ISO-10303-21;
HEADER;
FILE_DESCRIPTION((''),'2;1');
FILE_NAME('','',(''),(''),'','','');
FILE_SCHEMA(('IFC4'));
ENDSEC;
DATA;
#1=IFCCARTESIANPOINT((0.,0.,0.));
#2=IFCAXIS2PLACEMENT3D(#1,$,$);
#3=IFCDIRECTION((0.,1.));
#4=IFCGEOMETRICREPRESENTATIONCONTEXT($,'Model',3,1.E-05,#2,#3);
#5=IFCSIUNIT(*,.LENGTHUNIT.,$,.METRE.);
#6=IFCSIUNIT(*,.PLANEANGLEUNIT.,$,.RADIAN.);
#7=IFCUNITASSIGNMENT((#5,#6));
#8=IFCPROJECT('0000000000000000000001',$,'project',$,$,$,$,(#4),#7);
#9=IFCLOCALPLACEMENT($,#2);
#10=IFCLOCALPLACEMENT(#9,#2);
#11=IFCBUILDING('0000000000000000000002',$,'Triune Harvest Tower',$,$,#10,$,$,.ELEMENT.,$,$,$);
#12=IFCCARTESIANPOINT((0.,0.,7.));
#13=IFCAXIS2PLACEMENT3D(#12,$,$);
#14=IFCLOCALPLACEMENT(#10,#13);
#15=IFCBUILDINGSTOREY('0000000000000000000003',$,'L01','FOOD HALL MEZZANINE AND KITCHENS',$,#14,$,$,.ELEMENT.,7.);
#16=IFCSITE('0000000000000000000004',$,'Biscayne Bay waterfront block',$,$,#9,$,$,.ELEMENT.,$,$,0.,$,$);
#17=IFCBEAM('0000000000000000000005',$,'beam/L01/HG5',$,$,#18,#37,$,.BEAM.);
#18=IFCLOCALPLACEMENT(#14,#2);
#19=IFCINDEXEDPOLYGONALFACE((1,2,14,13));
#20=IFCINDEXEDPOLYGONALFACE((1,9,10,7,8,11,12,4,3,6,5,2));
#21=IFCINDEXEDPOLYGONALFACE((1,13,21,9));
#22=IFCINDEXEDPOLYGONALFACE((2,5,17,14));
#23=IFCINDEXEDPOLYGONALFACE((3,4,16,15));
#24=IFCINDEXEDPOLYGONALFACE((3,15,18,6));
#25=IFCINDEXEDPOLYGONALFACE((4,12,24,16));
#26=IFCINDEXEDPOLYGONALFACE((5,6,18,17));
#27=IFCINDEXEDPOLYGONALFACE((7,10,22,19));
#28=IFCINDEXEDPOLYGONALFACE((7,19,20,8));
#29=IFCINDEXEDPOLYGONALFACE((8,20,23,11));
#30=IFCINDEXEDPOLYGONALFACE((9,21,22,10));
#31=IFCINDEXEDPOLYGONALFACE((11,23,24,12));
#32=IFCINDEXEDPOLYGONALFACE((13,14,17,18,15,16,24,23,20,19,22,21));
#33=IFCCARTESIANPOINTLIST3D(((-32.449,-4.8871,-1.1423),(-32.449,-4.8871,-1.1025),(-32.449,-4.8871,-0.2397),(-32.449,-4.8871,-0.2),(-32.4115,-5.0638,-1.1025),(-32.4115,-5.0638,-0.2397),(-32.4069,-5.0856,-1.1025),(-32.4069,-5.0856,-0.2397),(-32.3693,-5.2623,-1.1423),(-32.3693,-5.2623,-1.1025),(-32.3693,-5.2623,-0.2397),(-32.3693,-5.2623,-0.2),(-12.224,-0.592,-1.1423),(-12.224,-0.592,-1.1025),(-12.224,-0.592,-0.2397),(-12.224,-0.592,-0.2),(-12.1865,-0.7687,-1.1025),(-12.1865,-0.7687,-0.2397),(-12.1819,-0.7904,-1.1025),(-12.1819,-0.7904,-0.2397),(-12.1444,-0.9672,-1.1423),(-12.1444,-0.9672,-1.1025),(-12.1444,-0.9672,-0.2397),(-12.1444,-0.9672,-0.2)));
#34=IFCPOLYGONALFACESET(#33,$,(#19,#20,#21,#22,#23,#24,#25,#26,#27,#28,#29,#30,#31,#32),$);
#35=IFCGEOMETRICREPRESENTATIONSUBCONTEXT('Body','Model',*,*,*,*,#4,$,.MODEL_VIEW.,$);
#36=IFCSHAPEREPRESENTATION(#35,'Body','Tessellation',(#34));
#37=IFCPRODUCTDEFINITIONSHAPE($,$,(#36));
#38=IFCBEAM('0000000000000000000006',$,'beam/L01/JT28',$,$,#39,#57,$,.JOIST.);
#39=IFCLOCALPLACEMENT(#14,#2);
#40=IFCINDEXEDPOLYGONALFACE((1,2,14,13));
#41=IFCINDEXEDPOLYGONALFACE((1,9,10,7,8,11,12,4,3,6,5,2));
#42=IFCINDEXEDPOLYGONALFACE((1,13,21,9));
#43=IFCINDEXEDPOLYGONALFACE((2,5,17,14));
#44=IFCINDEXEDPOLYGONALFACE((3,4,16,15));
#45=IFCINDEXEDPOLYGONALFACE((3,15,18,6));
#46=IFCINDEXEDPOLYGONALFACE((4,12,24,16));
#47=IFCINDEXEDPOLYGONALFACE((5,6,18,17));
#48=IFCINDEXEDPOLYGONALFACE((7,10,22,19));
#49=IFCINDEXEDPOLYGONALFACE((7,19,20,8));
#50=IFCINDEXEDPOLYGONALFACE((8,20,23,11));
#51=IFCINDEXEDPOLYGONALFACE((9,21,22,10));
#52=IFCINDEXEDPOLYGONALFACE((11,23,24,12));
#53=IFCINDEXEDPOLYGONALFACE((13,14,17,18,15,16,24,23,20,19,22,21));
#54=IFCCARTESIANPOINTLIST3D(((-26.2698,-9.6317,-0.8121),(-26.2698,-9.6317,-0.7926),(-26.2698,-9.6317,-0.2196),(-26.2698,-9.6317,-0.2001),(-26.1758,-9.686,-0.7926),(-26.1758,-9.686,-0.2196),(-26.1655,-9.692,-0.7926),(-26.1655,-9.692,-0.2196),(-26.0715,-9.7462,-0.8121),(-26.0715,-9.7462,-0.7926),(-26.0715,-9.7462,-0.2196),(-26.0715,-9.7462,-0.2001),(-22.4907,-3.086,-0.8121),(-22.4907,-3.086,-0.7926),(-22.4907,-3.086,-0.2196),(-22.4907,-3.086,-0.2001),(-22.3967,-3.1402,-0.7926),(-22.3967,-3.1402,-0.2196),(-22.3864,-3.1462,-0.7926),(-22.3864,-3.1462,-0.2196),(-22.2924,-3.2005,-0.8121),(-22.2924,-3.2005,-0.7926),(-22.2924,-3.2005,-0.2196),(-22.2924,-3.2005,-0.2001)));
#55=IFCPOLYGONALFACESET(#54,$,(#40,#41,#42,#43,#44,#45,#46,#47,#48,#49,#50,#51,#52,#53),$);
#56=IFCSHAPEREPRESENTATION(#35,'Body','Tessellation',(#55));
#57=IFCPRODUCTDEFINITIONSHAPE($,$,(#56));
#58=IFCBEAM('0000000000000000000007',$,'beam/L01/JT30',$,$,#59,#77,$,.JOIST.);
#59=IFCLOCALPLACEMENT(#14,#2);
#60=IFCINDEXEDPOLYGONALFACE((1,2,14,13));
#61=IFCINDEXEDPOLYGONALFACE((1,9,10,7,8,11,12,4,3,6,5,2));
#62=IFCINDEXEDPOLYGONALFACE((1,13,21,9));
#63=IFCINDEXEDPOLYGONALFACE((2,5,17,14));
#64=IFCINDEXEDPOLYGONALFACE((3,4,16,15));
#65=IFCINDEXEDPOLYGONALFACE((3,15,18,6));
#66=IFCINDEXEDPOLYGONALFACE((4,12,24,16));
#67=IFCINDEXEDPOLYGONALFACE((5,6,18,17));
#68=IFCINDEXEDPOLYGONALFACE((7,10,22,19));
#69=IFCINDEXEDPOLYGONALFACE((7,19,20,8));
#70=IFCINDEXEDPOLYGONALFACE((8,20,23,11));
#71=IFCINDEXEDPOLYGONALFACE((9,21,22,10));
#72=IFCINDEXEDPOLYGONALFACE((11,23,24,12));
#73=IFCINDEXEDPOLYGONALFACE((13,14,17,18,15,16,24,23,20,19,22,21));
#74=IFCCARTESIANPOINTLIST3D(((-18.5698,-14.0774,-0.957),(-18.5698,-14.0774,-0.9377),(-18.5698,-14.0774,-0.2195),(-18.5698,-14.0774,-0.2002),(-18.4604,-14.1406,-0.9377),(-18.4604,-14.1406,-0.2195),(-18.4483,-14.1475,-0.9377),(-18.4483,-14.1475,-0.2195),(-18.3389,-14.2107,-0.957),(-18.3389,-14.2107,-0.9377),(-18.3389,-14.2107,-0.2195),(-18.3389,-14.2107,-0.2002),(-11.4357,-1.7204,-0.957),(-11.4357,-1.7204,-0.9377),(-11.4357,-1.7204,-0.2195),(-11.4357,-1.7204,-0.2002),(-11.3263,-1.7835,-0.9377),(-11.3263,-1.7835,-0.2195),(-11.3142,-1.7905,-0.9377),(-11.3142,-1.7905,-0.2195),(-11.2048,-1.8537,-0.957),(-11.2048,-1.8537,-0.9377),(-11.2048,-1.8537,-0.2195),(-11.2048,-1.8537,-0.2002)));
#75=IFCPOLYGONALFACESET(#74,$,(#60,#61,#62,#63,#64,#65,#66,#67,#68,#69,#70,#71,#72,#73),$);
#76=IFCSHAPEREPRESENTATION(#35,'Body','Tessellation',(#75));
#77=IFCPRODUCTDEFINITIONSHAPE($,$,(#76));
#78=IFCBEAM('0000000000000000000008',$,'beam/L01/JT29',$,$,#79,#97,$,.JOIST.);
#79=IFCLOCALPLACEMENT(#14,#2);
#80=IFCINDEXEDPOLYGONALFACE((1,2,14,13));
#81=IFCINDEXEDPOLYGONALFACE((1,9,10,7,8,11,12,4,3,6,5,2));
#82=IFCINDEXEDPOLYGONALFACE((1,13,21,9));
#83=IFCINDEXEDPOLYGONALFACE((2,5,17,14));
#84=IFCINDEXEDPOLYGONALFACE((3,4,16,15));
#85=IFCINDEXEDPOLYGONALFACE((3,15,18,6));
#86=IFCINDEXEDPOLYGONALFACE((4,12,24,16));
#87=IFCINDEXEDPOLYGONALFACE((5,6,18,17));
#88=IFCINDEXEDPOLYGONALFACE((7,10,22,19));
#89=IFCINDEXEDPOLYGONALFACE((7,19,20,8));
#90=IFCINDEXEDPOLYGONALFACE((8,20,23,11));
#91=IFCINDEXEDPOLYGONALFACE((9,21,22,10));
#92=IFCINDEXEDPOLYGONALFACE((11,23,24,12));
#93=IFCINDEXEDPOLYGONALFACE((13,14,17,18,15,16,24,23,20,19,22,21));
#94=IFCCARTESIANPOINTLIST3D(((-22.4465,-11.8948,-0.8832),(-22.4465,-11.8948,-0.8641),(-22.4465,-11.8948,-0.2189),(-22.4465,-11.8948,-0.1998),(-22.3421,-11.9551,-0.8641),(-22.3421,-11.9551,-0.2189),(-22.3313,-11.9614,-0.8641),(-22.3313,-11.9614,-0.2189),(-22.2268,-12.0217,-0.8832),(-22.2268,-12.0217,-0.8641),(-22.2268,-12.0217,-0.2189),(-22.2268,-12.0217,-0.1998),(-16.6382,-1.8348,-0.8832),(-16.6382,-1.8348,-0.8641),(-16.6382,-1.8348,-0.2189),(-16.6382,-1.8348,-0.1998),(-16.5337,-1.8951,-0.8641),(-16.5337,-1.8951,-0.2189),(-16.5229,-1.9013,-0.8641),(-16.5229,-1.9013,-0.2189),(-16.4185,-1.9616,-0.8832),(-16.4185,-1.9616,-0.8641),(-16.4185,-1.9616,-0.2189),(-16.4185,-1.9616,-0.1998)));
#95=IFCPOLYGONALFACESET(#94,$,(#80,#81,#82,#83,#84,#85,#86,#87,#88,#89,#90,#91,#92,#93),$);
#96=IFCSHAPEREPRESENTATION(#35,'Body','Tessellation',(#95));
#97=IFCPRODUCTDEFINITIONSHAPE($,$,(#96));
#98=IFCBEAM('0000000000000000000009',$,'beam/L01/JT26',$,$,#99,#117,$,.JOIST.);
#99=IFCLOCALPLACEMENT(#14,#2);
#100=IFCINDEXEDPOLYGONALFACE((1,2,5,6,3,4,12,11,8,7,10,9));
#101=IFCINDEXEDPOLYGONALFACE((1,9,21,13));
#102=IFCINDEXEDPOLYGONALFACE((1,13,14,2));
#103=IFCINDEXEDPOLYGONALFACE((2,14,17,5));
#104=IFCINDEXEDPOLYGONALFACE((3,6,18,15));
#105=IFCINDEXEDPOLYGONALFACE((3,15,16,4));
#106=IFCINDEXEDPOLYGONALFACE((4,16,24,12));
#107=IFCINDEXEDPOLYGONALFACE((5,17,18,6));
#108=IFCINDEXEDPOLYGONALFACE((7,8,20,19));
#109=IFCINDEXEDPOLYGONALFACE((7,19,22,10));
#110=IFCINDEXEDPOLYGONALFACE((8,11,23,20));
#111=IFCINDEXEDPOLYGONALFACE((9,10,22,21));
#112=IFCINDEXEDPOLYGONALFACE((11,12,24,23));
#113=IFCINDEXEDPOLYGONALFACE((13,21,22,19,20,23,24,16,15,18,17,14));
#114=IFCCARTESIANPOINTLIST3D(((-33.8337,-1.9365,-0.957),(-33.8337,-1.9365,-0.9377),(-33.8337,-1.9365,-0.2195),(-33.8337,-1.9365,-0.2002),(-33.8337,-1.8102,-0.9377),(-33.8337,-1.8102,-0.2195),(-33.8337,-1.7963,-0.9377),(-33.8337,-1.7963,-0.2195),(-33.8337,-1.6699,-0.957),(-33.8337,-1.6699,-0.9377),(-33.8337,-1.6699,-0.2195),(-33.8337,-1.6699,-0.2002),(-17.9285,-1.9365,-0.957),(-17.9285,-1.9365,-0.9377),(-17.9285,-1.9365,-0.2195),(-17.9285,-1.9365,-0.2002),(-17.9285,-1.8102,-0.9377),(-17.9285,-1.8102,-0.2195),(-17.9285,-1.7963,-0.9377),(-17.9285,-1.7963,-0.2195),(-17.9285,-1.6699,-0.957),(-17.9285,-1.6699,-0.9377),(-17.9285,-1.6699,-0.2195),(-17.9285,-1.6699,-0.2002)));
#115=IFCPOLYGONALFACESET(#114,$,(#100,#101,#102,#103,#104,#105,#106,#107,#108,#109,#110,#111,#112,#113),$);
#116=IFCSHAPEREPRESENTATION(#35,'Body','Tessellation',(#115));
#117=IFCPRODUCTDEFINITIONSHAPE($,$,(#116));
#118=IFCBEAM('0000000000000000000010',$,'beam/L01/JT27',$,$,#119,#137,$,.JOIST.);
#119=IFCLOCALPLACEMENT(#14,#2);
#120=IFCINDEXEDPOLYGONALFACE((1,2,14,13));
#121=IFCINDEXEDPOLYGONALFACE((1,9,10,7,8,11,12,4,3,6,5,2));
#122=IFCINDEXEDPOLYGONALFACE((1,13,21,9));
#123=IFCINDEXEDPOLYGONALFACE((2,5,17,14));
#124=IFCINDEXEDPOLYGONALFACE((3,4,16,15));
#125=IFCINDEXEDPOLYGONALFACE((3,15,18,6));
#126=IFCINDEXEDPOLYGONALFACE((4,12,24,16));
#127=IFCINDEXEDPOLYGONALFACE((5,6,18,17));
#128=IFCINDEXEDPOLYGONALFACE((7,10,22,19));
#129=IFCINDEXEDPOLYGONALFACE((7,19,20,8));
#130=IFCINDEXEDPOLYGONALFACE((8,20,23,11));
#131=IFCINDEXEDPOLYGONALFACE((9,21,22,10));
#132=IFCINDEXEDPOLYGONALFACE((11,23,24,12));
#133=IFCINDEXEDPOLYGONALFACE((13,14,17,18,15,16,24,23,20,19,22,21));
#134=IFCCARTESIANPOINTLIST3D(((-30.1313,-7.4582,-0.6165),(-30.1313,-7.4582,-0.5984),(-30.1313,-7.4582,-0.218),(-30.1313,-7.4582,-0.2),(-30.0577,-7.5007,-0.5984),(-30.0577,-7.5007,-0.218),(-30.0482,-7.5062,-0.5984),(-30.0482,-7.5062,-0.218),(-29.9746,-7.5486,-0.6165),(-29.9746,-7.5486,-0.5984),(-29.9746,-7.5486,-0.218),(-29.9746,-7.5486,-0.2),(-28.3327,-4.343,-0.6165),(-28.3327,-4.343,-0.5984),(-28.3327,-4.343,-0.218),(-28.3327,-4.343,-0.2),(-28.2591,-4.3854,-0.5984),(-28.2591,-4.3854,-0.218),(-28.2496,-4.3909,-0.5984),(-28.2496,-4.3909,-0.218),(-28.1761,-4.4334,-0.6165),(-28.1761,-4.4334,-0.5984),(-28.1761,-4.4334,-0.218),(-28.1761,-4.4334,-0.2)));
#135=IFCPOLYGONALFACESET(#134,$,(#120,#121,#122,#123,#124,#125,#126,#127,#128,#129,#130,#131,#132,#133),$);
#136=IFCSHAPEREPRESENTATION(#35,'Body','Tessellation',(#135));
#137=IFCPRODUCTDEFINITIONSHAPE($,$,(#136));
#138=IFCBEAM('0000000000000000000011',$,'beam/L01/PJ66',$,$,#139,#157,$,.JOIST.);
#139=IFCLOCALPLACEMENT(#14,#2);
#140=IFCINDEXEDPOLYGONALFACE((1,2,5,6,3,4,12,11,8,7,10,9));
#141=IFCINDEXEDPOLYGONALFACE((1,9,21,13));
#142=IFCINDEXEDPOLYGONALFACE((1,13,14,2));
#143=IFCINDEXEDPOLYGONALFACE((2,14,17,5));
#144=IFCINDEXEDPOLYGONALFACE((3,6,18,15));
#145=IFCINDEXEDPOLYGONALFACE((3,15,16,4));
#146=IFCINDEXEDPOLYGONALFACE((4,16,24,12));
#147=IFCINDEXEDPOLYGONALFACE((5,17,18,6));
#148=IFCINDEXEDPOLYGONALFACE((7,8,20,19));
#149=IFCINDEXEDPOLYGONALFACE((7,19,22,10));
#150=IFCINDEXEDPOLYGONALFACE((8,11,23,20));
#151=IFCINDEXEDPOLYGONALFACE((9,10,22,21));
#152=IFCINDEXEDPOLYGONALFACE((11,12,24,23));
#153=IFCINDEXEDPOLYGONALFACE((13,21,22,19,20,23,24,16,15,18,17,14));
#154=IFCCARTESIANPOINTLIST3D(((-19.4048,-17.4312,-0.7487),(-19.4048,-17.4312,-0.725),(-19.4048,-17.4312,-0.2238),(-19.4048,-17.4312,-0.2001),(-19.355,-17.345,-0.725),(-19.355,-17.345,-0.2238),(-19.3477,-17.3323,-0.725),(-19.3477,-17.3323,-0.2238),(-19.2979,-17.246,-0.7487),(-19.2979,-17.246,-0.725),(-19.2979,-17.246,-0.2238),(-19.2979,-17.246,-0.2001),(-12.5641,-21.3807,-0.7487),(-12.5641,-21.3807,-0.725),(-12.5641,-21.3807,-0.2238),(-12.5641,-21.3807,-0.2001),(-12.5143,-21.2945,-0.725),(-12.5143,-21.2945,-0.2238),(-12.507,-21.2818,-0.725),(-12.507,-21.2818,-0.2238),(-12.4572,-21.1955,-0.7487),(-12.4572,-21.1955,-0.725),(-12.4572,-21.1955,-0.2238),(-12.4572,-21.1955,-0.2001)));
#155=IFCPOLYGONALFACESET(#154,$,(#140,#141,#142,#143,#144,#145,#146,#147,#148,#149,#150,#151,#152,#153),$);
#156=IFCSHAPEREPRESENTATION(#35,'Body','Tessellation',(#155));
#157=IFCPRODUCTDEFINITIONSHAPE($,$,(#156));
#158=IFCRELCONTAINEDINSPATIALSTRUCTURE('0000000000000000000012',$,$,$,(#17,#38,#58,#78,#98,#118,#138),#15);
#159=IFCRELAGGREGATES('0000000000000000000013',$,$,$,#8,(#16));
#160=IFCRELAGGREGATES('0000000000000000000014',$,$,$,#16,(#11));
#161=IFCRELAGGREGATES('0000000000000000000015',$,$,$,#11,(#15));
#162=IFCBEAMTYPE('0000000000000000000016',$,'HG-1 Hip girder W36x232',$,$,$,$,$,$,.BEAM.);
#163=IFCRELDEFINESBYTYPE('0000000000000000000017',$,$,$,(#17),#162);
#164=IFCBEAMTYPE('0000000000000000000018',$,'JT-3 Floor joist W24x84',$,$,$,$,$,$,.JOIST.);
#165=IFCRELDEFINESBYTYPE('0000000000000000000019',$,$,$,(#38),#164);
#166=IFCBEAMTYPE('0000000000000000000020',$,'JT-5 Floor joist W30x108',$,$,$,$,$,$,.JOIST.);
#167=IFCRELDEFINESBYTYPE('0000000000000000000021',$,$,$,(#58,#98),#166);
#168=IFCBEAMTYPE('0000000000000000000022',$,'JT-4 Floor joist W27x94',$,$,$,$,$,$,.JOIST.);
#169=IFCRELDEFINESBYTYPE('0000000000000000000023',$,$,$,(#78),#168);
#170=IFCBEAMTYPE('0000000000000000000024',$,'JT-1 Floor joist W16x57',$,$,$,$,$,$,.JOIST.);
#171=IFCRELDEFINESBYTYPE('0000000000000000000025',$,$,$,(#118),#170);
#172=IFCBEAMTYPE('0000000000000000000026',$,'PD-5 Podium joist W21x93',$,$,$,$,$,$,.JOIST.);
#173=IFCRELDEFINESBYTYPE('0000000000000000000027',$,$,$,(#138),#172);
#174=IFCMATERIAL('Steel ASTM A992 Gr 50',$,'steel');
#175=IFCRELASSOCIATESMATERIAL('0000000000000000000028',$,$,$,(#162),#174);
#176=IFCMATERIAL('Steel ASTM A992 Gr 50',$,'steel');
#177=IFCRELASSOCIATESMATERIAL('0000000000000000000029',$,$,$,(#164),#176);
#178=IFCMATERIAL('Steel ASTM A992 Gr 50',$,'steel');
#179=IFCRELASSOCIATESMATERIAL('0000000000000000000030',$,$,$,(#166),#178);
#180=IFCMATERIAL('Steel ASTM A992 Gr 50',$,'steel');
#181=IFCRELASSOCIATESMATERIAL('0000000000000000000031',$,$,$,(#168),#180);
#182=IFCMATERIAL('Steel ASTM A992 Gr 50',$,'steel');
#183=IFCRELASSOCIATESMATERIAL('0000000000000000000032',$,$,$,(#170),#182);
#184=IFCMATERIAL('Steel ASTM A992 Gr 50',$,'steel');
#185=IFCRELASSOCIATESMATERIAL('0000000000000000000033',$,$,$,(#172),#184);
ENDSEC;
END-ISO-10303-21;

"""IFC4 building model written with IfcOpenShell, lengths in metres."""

from ifc_helpers import new_model, si_unit, direction, frame, origin, origin_2d, place, context, subcontext, project, spatial, i_section, extrude, source, transform, mapped, material, material_profile, profile_set, type_object, element, save


model = new_model("IFC4")

# Units and contexts
model_context = context("Model", 3, precision=1e-05, world=origin(), true_north=direction((0.0, 1.0)))
body_context = subcontext(model_context, "Body", "Model", "MODEL_VIEW")
ifc_project = project(units=[si_unit("LENGTHUNIT", "METRE"), si_unit("PLANEANGLEUNIT", "RADIAN")], contexts=[model_context])

# Site, building, storey
site_placement = place(None, origin())
site = spatial("IfcSite", under=ifc_project, at=site_placement, Name="Biscayne Bay waterfront block", CompositionType="ELEMENT", RefElevation=0.0)
building_placement = place(site_placement, origin())
building = spatial("IfcBuilding", under=site, at=building_placement, Name="Triune Harvest Tower", CompositionType="ELEMENT")
storey_placement = place(building_placement, frame((0.0, 0.0, 7.0)))
storey = spatial("IfcBuildingStorey", under=building, at=storey_placement, Name="L01", Description="FOOD HALL MEZZANINE AND KITCHENS", CompositionType="ELEMENT", Elevation=7.0)

# Beams
ifc_material_1 = material(Name="Steel ASTM A992 Gr 50", Category="steel")
ifc_material_profile_1 = material_profile(ifc_material_1, i_section(OverallWidth=0.3835, OverallDepth=0.9424, WebThickness=0.0222, FlangeThickness=0.0398, at=origin_2d()), Name="W36x232")
ifc_profile_set_1 = profile_set([ifc_material_profile_1], Name="Steel ASTM A992 Gr 50")
beam_type_1 = type_object("IfcBeamType", Name="HG-1 Hip girder W36x232", PredefinedType="BEAM", material=ifc_profile_set_1)
shared_shape_1 = source(origin(), body_context, "Body", "SweptSolid", [
    extrude(i_section(OverallWidth=0.3835, OverallDepth=0.9424, WebThickness=0.0222, FlangeThickness=0.0398, at=origin_2d()), origin(), (0.0, 0.0, 1.0), 20.676),
])
beam_1_placement = place(storey_placement, frame((-32.4092, -5.0747, -0.6711), z_axis=(0.978185, 0.207735, 0.0), x_axis=(-0.207735, 0.978185, 0.0)))
element("IfcBeam", 1, at=beam_1_placement, inside=storey, type_object=beam_type_1, Name="beam/L01/HG5", PredefinedType="BEAM", context=body_context, shape_type="MappedRepresentation", body=[
    mapped(shared_shape_1, transform((0.0, 0.0, 0.0), scale=1.0)),
])
ifc_material_2 = material(Name="Steel ASTM A992 Gr 50", Category="steel")
ifc_material_profile_2 = material_profile(ifc_material_2, i_section(OverallWidth=0.229, OverallDepth=0.6121, WebThickness=0.012, FlangeThickness=0.0195, at=origin_2d()), Name="W24x84")
ifc_profile_set_2 = profile_set([ifc_material_profile_2], Name="Steel ASTM A992 Gr 50")
beam_type_2 = type_object("IfcBeamType", Name="JT-3 Floor joist W24x84", PredefinedType="JOIST", material=ifc_profile_set_2)
shared_shape_2 = source(origin(), body_context, "Body", "SweptSolid", [
    extrude(i_section(OverallWidth=0.229, OverallDepth=0.6121, WebThickness=0.012, FlangeThickness=0.0195, at=origin_2d()), origin(), (0.0, 0.0, 1.0), 7.5583),
])
beam_2_placement = place(storey_placement, frame((-26.1707, -9.689, -0.5061), z_axis=(0.499992, 0.86603, 0.0), x_axis=(-0.86603, 0.499992, 0.0)))
element("IfcBeam", 2, at=beam_2_placement, inside=storey, type_object=beam_type_2, Name="beam/L01/JT28", PredefinedType="JOIST", context=body_context, shape_type="MappedRepresentation", body=[
    mapped(shared_shape_2, transform((0.0, 0.0, 0.0), scale=1.0)),
])
ifc_material_3 = material(Name="Steel ASTM A992 Gr 50", Category="steel")
ifc_material_profile_3 = material_profile(ifc_material_3, i_section(OverallWidth=0.2666, OverallDepth=0.7568, WebThickness=0.0139, FlangeThickness=0.0193, at=origin_2d()), Name="W30x108")
ifc_profile_set_3 = profile_set([ifc_material_profile_3], Name="Steel ASTM A992 Gr 50")
beam_type_3 = type_object("IfcBeamType", Name="JT-5 Floor joist W30x108", PredefinedType="JOIST", material=ifc_profile_set_3)
shared_shape_3 = source(origin(), body_context, "Body", "SweptSolid", [
    extrude(i_section(OverallWidth=0.2666, OverallDepth=0.7568, WebThickness=0.0139, FlangeThickness=0.0193, at=origin_2d()), origin(), (0.0, 0.0, 1.0), 14.2686),
])
beam_3_placement = place(storey_placement, frame((-18.4543, -14.144, -0.5786), z_axis=(0.499987, 0.866033, 0.0), x_axis=(-0.866033, 0.499987, 0.0)))
element("IfcBeam", 3, at=beam_3_placement, inside=storey, type_object=beam_type_3, Name="beam/L01/JT30", PredefinedType="JOIST", context=body_context, shape_type="MappedRepresentation", body=[
    mapped(shared_shape_3, transform((0.0, 0.0, 0.0), scale=1.0)),
])
ifc_material_4 = material(Name="Steel ASTM A992 Gr 50", Category="steel")
ifc_material_profile_4 = material_profile(ifc_material_4, i_section(OverallWidth=0.2537, OverallDepth=0.6833, WebThickness=0.0125, FlangeThickness=0.019, at=origin_2d()), Name="W27x94")
ifc_profile_set_4 = profile_set([ifc_material_profile_4], Name="Steel ASTM A992 Gr 50")
beam_type_4 = type_object("IfcBeamType", Name="JT-4 Floor joist W27x94", PredefinedType="JOIST", material=ifc_profile_set_4)
shared_shape_4 = source(origin(), body_context, "Body", "SweptSolid", [
    extrude(i_section(OverallWidth=0.2537, OverallDepth=0.6833, WebThickness=0.0125, FlangeThickness=0.019, at=origin_2d()), origin(), (0.0, 0.0, 1.0), 11.6165),
])
beam_4_placement = place(storey_placement, frame((-22.3367, -11.9583, -0.5415), z_axis=(0.500011, 0.866019, 0.0), x_axis=(-0.866019, 0.500011, 0.0)))
element("IfcBeam", 4, at=beam_4_placement, inside=storey, type_object=beam_type_4, Name="beam/L01/JT29", PredefinedType="JOIST", context=body_context, shape_type="MappedRepresentation", body=[
    mapped(shared_shape_4, transform((0.0, 0.0, 0.0), scale=1.0)),
])
shared_shape_5 = source(origin(), body_context, "Body", "SweptSolid", [
    extrude(i_section(OverallWidth=0.2666, OverallDepth=0.7568, WebThickness=0.0139, FlangeThickness=0.0193, at=origin_2d()), origin(), (0.0, 0.0, 1.0), 15.9053),
])
beam_5_placement = place(storey_placement, frame((-33.8337, -1.8032, -0.5786), z_axis=(1.0, 0.0, 0.0), x_axis=(0.0, 1.0, 0.0)))
element("IfcBeam", 5, at=beam_5_placement, inside=storey, type_object=beam_type_3, Name="beam/L01/JT26", PredefinedType="JOIST", context=body_context, shape_type="MappedRepresentation", body=[
    mapped(shared_shape_5, transform((0.0, 0.0, 0.0), scale=1.0)),
])
ifc_material_5 = material(Name="Steel ASTM A992 Gr 50", Category="steel")
ifc_material_profile_5 = material_profile(ifc_material_5, i_section(OverallWidth=0.1809, OverallDepth=0.4165, WebThickness=0.011, FlangeThickness=0.0181, at=origin_2d()), Name="W16x57")
ifc_profile_set_5 = profile_set([ifc_material_profile_5], Name="Steel ASTM A992 Gr 50")
beam_type_5 = type_object("IfcBeamType", Name="JT-1 Floor joist W16x57", PredefinedType="JOIST", material=ifc_profile_set_5)
shared_shape_6 = source(origin(), body_context, "Body", "SweptSolid", [
    extrude(i_section(OverallWidth=0.1809, OverallDepth=0.4165, WebThickness=0.011, FlangeThickness=0.0181, at=origin_2d()), origin(), (0.0, 0.0, 1.0), 3.5972),
])
beam_6_placement = place(storey_placement, frame((-30.053, -7.5034, -0.4082), z_axis=(0.500001, 0.866025, 0.0), x_axis=(-0.866025, 0.500001, 0.0)))
element("IfcBeam", 6, at=beam_6_placement, inside=storey, type_object=beam_type_5, Name="beam/L01/JT27", PredefinedType="JOIST", context=body_context, shape_type="MappedRepresentation", body=[
    mapped(shared_shape_6, transform((0.0, 0.0, 0.0), scale=1.0)),
])
ifc_material_6 = material(Name="Steel ASTM A992 Gr 50", Category="steel")
ifc_material_profile_6 = material_profile(ifc_material_6, i_section(OverallWidth=0.2139, OverallDepth=0.5486, WebThickness=0.0146, FlangeThickness=0.0237, at=origin_2d()), Name="W21x93")
ifc_profile_set_6 = profile_set([ifc_material_profile_6], Name="Steel ASTM A992 Gr 50")
beam_type_6 = type_object("IfcBeamType", Name="PD-5 Podium joist W21x93", PredefinedType="JOIST", material=ifc_profile_set_6)
shared_shape_7 = source(origin(), body_context, "Body", "SweptSolid", [
    extrude(i_section(OverallWidth=0.2139, OverallDepth=0.5486, WebThickness=0.0146, FlangeThickness=0.0237, at=origin_2d()), origin(), (0.0, 0.0, 1.0), 7.8989),
])
beam_7_placement = place(storey_placement, frame((-19.3513, -17.3386, -0.4744), z_axis=(0.866022, -0.500005, 0.0), x_axis=(0.500005, 0.866022, 0.0)))
element("IfcBeam", 7, at=beam_7_placement, inside=storey, type_object=beam_type_6, Name="beam/L01/PJ66", PredefinedType="JOIST", context=body_context, shape_type="MappedRepresentation", body=[
    mapped(shared_shape_7, transform((0.0, 0.0, 0.0), scale=1.0)),
])

save(model, "model.ifc")
